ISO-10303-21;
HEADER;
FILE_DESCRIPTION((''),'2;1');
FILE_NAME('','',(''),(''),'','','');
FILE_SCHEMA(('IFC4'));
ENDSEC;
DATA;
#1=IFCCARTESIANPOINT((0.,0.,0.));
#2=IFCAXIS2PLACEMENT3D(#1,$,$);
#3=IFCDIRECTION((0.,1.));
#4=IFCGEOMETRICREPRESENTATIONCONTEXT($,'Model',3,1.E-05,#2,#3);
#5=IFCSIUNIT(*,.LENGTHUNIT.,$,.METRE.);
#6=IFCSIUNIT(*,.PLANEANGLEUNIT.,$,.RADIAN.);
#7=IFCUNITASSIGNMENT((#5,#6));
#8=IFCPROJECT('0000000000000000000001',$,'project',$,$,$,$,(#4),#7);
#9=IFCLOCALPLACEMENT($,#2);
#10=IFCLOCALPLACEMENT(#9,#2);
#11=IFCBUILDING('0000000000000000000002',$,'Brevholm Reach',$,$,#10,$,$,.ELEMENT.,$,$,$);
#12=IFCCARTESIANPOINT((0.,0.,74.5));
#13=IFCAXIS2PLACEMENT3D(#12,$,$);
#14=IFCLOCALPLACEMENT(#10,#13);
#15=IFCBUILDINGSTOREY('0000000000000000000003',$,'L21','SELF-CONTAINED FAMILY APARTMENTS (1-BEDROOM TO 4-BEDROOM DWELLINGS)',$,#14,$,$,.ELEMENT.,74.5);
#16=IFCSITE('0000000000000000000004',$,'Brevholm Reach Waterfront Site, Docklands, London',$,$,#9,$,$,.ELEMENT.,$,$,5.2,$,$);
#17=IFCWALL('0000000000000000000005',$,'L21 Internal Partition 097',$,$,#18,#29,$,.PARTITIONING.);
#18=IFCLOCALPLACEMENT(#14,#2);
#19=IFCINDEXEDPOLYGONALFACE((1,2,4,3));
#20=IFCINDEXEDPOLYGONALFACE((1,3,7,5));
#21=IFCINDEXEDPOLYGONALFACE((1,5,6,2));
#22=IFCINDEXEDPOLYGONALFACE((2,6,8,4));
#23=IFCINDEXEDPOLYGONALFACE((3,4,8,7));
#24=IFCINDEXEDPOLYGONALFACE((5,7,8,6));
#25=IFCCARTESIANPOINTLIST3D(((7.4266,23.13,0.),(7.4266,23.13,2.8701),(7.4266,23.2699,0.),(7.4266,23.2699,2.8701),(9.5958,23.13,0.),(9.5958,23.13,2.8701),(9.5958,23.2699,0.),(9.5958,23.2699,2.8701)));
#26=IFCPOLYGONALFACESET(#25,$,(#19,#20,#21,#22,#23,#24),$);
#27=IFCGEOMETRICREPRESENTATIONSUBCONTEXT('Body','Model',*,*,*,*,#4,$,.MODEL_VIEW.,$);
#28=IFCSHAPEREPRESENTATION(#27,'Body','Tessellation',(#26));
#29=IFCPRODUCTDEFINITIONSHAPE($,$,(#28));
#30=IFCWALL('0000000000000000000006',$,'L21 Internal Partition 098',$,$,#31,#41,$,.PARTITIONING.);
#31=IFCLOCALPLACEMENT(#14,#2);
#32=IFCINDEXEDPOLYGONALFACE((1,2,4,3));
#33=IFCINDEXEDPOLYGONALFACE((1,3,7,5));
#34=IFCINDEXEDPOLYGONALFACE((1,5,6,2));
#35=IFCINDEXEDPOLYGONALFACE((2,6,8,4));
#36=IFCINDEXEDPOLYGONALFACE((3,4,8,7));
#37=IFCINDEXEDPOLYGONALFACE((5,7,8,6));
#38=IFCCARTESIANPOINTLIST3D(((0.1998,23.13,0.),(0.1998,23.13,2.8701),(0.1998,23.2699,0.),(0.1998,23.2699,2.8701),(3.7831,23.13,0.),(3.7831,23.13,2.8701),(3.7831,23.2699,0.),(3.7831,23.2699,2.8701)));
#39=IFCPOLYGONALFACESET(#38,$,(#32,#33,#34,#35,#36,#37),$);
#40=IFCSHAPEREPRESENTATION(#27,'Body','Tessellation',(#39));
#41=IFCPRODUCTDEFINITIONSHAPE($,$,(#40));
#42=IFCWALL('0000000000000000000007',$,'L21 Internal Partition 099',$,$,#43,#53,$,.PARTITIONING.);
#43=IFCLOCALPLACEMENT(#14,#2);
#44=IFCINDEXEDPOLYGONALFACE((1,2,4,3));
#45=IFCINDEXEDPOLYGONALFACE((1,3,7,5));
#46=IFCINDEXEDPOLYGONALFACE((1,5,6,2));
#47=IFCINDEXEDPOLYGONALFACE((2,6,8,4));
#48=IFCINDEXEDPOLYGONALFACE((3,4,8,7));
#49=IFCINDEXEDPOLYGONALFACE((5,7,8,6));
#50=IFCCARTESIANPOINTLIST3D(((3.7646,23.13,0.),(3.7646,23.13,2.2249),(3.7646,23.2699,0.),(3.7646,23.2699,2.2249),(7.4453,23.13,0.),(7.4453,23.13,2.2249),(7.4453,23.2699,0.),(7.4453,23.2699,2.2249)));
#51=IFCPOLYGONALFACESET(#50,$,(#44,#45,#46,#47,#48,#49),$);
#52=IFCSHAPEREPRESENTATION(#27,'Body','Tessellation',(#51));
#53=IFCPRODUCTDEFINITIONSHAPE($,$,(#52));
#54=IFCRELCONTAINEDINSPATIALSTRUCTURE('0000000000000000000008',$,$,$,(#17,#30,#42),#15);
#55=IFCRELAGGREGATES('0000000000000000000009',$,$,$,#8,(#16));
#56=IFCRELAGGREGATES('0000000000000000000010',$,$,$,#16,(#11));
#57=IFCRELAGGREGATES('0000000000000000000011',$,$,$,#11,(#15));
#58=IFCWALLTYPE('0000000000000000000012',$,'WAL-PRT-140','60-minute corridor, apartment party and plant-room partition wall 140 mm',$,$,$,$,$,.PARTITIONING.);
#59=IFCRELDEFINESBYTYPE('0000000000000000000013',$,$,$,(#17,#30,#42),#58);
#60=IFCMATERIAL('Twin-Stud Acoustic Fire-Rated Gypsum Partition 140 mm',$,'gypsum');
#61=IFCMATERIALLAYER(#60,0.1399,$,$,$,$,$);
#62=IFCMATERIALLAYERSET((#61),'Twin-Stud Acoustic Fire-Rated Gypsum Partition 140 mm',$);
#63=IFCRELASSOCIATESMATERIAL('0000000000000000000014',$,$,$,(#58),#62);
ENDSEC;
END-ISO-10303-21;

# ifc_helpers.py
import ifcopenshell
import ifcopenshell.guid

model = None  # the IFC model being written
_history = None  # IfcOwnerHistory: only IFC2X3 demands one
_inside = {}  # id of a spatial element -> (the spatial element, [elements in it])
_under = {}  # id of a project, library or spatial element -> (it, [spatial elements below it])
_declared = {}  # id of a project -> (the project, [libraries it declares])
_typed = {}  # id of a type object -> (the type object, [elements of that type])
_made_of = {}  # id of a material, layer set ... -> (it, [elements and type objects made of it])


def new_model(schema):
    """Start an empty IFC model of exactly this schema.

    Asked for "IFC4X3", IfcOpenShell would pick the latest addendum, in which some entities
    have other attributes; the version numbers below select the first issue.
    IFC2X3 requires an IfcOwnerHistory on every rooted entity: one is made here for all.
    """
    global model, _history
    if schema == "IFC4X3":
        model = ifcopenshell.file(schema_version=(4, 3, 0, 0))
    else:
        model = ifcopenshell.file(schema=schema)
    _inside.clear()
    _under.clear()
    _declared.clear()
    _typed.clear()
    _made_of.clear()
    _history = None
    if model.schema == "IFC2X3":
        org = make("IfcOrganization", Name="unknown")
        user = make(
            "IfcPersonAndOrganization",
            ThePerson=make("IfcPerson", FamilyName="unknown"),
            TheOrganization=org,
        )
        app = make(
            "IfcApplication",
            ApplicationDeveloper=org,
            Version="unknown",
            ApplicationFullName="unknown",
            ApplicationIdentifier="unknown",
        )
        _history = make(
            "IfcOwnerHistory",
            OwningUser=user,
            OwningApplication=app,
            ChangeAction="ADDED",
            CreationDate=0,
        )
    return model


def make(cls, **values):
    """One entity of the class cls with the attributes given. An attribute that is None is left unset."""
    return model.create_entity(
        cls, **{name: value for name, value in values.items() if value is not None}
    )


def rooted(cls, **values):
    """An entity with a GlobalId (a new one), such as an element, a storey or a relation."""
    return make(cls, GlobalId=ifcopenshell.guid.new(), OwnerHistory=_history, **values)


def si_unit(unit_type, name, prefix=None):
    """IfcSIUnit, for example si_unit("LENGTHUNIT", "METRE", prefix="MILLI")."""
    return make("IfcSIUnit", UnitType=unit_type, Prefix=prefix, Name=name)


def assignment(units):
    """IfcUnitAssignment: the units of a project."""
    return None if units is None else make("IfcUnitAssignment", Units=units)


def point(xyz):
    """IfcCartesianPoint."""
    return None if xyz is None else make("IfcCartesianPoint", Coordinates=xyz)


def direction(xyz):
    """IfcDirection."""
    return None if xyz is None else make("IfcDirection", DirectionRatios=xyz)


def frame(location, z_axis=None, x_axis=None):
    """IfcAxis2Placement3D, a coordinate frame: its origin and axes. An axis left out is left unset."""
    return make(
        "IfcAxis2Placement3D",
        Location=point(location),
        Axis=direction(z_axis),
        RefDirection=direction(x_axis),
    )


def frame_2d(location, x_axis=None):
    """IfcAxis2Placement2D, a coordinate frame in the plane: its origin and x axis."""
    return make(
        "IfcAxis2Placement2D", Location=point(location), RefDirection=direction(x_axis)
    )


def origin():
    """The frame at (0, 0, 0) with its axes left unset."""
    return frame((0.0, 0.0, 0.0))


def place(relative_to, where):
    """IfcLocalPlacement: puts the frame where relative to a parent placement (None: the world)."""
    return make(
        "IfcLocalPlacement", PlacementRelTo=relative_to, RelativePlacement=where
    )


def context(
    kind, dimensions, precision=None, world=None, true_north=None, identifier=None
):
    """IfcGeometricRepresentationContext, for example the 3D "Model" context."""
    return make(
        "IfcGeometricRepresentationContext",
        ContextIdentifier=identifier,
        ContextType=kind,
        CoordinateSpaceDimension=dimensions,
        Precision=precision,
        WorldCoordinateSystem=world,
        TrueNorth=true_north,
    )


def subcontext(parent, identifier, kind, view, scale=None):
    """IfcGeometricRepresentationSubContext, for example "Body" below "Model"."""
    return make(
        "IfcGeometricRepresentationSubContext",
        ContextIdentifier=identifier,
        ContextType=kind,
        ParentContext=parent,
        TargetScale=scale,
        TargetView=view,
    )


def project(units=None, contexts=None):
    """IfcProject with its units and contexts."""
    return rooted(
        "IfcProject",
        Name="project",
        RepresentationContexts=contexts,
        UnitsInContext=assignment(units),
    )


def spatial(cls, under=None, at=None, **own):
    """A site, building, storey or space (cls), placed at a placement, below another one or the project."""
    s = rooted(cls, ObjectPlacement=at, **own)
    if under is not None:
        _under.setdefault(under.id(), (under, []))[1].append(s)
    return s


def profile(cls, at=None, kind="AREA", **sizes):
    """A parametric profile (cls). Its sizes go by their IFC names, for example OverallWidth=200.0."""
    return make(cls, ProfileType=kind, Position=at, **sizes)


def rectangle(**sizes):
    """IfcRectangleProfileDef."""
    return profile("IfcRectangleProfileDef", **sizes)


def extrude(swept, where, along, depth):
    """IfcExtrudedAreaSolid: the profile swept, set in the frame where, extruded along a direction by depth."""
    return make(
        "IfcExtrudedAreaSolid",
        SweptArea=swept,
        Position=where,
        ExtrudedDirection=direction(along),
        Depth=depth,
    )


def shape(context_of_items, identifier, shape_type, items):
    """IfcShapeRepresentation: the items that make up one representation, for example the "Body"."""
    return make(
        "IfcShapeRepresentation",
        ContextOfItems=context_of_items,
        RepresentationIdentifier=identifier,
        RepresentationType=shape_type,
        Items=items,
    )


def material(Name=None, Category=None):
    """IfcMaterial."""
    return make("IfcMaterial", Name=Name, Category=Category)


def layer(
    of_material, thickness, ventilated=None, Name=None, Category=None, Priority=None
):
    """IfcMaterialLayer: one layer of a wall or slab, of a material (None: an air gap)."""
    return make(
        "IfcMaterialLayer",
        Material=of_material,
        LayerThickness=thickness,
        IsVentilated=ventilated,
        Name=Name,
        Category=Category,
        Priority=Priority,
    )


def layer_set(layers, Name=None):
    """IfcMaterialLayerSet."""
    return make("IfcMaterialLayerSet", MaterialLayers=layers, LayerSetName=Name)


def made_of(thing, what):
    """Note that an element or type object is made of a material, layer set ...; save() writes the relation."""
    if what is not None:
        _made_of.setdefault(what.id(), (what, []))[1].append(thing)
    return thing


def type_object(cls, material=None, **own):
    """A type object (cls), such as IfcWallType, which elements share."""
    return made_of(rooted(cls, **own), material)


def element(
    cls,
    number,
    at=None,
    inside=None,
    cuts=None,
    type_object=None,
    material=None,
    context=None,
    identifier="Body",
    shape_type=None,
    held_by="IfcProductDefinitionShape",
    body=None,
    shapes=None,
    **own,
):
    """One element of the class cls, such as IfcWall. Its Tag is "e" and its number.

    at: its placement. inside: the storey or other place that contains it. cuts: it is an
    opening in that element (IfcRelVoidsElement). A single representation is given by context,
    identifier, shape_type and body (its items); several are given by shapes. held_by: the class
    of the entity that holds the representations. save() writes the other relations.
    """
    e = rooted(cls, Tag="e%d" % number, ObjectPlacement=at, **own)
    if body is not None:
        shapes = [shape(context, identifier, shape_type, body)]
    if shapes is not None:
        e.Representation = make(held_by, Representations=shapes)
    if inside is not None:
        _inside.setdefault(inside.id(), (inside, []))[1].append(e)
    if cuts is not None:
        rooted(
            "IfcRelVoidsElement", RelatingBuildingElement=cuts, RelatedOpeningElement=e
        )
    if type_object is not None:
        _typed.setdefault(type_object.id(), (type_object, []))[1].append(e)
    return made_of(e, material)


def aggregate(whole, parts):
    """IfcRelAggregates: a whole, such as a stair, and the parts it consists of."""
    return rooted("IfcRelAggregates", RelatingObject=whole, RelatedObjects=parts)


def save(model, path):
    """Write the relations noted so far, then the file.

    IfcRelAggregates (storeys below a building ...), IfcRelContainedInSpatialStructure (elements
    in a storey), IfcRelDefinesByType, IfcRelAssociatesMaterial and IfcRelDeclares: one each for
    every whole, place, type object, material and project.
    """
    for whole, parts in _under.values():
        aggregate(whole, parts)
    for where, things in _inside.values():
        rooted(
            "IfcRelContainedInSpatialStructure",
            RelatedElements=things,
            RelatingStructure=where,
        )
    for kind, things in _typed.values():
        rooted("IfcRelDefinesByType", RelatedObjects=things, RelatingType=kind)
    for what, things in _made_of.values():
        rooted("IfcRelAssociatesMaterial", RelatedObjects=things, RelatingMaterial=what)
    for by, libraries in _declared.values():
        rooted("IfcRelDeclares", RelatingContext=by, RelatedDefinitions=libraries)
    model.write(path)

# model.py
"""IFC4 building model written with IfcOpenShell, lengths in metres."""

from ifc_helpers import new_model, si_unit, direction, frame, frame_2d, origin, place, context, subcontext, project, spatial, rectangle, extrude, material, layer, layer_set, type_object, element, save


model = new_model("IFC4")

# Units and contexts
model_context = context("Model", 3, precision=1e-05, world=origin(), true_north=direction((0.0, 1.0)))
body_context = subcontext(model_context, "Body", "Model", "MODEL_VIEW")
ifc_project = project(units=[si_unit("LENGTHUNIT", "METRE"), si_unit("PLANEANGLEUNIT", "RADIAN")], contexts=[model_context])

# Site, building, storey
site_placement = place(None, origin())
site = spatial("IfcSite", under=ifc_project, at=site_placement, Name="Brevholm Reach Waterfront Site, Docklands, London", CompositionType="ELEMENT", RefElevation=5.2)
building_placement = place(site_placement, origin())
building = spatial("IfcBuilding", under=site, at=building_placement, Name="Brevholm Reach", CompositionType="ELEMENT")
storey_placement = place(building_placement, frame((0.0, 0.0, 74.5)))
storey = spatial("IfcBuildingStorey", under=building, at=storey_placement, Name="L21", Description="SELF-CONTAINED FAMILY APARTMENTS (1-BEDROOM TO 4-BEDROOM DWELLINGS)", CompositionType="ELEMENT", Elevation=74.5)

# Walls
ifc_material_1 = material(Name="Twin-Stud Acoustic Fire-Rated Gypsum Partition 140 mm", Category="gypsum")
ifc_layer_1 = layer(ifc_material_1, 0.1399)
ifc_layer_set_1 = layer_set([ifc_layer_1], Name="Twin-Stud Acoustic Fire-Rated Gypsum Partition 140 mm")
wall_type_1 = type_object("IfcWallType", Name="WAL-PRT-140", Description="60-minute corridor, apartment party and plant-room partition wall 140 mm", PredefinedType="PARTITIONING", material=ifc_layer_set_1)
wall_1_placement = place(storey_placement, frame((7.4268, 23.2, 0.0), z_axis=(0.0, 0.0, 1.0), x_axis=(1.0, 0.0, 0.0)))
element("IfcWall", 1, at=wall_1_placement, inside=storey, type_object=wall_type_1, Name="L21 Internal Partition 097", PredefinedType="PARTITIONING", context=body_context, shape_type="SweptSolid", body=[
    extrude(rectangle(XDim=2.1692, YDim=0.1399, at=frame_2d((1.0845, 0.0))), origin(), (0.0, 0.0, 1.0), 2.8701),
])
wall_2_placement = place(storey_placement, frame((0.2, 23.2, 0.0), z_axis=(0.0, 0.0, 1.0), x_axis=(1.0, 0.0, 0.0)))
element("IfcWall", 2, at=wall_2_placement, inside=storey, type_object=wall_type_1, Name="L21 Internal Partition 098", PredefinedType="PARTITIONING", context=body_context, shape_type="SweptSolid", body=[
    extrude(rectangle(XDim=3.5833, YDim=0.1399, at=frame_2d((1.7915, 0.0))), origin(), (0.0, 0.0, 1.0), 2.8701),
])
wall_3_placement = place(storey_placement, frame((3.7646, 23.2, 0.0), z_axis=(0.0, 0.0, 1.0), x_axis=(1.0, 0.0, 0.0)))
element("IfcWall", 3, at=wall_3_placement, inside=storey, type_object=wall_type_1, Name="L21 Internal Partition 099", PredefinedType="PARTITIONING", context=body_context, shape_type="SweptSolid", body=[
    extrude(rectangle(XDim=3.6807, YDim=0.1399, at=frame_2d((1.8403, 0.0))), origin(), (0.0, 0.0, 1.0), 2.2249),
])

save(model, "model.ifc")
